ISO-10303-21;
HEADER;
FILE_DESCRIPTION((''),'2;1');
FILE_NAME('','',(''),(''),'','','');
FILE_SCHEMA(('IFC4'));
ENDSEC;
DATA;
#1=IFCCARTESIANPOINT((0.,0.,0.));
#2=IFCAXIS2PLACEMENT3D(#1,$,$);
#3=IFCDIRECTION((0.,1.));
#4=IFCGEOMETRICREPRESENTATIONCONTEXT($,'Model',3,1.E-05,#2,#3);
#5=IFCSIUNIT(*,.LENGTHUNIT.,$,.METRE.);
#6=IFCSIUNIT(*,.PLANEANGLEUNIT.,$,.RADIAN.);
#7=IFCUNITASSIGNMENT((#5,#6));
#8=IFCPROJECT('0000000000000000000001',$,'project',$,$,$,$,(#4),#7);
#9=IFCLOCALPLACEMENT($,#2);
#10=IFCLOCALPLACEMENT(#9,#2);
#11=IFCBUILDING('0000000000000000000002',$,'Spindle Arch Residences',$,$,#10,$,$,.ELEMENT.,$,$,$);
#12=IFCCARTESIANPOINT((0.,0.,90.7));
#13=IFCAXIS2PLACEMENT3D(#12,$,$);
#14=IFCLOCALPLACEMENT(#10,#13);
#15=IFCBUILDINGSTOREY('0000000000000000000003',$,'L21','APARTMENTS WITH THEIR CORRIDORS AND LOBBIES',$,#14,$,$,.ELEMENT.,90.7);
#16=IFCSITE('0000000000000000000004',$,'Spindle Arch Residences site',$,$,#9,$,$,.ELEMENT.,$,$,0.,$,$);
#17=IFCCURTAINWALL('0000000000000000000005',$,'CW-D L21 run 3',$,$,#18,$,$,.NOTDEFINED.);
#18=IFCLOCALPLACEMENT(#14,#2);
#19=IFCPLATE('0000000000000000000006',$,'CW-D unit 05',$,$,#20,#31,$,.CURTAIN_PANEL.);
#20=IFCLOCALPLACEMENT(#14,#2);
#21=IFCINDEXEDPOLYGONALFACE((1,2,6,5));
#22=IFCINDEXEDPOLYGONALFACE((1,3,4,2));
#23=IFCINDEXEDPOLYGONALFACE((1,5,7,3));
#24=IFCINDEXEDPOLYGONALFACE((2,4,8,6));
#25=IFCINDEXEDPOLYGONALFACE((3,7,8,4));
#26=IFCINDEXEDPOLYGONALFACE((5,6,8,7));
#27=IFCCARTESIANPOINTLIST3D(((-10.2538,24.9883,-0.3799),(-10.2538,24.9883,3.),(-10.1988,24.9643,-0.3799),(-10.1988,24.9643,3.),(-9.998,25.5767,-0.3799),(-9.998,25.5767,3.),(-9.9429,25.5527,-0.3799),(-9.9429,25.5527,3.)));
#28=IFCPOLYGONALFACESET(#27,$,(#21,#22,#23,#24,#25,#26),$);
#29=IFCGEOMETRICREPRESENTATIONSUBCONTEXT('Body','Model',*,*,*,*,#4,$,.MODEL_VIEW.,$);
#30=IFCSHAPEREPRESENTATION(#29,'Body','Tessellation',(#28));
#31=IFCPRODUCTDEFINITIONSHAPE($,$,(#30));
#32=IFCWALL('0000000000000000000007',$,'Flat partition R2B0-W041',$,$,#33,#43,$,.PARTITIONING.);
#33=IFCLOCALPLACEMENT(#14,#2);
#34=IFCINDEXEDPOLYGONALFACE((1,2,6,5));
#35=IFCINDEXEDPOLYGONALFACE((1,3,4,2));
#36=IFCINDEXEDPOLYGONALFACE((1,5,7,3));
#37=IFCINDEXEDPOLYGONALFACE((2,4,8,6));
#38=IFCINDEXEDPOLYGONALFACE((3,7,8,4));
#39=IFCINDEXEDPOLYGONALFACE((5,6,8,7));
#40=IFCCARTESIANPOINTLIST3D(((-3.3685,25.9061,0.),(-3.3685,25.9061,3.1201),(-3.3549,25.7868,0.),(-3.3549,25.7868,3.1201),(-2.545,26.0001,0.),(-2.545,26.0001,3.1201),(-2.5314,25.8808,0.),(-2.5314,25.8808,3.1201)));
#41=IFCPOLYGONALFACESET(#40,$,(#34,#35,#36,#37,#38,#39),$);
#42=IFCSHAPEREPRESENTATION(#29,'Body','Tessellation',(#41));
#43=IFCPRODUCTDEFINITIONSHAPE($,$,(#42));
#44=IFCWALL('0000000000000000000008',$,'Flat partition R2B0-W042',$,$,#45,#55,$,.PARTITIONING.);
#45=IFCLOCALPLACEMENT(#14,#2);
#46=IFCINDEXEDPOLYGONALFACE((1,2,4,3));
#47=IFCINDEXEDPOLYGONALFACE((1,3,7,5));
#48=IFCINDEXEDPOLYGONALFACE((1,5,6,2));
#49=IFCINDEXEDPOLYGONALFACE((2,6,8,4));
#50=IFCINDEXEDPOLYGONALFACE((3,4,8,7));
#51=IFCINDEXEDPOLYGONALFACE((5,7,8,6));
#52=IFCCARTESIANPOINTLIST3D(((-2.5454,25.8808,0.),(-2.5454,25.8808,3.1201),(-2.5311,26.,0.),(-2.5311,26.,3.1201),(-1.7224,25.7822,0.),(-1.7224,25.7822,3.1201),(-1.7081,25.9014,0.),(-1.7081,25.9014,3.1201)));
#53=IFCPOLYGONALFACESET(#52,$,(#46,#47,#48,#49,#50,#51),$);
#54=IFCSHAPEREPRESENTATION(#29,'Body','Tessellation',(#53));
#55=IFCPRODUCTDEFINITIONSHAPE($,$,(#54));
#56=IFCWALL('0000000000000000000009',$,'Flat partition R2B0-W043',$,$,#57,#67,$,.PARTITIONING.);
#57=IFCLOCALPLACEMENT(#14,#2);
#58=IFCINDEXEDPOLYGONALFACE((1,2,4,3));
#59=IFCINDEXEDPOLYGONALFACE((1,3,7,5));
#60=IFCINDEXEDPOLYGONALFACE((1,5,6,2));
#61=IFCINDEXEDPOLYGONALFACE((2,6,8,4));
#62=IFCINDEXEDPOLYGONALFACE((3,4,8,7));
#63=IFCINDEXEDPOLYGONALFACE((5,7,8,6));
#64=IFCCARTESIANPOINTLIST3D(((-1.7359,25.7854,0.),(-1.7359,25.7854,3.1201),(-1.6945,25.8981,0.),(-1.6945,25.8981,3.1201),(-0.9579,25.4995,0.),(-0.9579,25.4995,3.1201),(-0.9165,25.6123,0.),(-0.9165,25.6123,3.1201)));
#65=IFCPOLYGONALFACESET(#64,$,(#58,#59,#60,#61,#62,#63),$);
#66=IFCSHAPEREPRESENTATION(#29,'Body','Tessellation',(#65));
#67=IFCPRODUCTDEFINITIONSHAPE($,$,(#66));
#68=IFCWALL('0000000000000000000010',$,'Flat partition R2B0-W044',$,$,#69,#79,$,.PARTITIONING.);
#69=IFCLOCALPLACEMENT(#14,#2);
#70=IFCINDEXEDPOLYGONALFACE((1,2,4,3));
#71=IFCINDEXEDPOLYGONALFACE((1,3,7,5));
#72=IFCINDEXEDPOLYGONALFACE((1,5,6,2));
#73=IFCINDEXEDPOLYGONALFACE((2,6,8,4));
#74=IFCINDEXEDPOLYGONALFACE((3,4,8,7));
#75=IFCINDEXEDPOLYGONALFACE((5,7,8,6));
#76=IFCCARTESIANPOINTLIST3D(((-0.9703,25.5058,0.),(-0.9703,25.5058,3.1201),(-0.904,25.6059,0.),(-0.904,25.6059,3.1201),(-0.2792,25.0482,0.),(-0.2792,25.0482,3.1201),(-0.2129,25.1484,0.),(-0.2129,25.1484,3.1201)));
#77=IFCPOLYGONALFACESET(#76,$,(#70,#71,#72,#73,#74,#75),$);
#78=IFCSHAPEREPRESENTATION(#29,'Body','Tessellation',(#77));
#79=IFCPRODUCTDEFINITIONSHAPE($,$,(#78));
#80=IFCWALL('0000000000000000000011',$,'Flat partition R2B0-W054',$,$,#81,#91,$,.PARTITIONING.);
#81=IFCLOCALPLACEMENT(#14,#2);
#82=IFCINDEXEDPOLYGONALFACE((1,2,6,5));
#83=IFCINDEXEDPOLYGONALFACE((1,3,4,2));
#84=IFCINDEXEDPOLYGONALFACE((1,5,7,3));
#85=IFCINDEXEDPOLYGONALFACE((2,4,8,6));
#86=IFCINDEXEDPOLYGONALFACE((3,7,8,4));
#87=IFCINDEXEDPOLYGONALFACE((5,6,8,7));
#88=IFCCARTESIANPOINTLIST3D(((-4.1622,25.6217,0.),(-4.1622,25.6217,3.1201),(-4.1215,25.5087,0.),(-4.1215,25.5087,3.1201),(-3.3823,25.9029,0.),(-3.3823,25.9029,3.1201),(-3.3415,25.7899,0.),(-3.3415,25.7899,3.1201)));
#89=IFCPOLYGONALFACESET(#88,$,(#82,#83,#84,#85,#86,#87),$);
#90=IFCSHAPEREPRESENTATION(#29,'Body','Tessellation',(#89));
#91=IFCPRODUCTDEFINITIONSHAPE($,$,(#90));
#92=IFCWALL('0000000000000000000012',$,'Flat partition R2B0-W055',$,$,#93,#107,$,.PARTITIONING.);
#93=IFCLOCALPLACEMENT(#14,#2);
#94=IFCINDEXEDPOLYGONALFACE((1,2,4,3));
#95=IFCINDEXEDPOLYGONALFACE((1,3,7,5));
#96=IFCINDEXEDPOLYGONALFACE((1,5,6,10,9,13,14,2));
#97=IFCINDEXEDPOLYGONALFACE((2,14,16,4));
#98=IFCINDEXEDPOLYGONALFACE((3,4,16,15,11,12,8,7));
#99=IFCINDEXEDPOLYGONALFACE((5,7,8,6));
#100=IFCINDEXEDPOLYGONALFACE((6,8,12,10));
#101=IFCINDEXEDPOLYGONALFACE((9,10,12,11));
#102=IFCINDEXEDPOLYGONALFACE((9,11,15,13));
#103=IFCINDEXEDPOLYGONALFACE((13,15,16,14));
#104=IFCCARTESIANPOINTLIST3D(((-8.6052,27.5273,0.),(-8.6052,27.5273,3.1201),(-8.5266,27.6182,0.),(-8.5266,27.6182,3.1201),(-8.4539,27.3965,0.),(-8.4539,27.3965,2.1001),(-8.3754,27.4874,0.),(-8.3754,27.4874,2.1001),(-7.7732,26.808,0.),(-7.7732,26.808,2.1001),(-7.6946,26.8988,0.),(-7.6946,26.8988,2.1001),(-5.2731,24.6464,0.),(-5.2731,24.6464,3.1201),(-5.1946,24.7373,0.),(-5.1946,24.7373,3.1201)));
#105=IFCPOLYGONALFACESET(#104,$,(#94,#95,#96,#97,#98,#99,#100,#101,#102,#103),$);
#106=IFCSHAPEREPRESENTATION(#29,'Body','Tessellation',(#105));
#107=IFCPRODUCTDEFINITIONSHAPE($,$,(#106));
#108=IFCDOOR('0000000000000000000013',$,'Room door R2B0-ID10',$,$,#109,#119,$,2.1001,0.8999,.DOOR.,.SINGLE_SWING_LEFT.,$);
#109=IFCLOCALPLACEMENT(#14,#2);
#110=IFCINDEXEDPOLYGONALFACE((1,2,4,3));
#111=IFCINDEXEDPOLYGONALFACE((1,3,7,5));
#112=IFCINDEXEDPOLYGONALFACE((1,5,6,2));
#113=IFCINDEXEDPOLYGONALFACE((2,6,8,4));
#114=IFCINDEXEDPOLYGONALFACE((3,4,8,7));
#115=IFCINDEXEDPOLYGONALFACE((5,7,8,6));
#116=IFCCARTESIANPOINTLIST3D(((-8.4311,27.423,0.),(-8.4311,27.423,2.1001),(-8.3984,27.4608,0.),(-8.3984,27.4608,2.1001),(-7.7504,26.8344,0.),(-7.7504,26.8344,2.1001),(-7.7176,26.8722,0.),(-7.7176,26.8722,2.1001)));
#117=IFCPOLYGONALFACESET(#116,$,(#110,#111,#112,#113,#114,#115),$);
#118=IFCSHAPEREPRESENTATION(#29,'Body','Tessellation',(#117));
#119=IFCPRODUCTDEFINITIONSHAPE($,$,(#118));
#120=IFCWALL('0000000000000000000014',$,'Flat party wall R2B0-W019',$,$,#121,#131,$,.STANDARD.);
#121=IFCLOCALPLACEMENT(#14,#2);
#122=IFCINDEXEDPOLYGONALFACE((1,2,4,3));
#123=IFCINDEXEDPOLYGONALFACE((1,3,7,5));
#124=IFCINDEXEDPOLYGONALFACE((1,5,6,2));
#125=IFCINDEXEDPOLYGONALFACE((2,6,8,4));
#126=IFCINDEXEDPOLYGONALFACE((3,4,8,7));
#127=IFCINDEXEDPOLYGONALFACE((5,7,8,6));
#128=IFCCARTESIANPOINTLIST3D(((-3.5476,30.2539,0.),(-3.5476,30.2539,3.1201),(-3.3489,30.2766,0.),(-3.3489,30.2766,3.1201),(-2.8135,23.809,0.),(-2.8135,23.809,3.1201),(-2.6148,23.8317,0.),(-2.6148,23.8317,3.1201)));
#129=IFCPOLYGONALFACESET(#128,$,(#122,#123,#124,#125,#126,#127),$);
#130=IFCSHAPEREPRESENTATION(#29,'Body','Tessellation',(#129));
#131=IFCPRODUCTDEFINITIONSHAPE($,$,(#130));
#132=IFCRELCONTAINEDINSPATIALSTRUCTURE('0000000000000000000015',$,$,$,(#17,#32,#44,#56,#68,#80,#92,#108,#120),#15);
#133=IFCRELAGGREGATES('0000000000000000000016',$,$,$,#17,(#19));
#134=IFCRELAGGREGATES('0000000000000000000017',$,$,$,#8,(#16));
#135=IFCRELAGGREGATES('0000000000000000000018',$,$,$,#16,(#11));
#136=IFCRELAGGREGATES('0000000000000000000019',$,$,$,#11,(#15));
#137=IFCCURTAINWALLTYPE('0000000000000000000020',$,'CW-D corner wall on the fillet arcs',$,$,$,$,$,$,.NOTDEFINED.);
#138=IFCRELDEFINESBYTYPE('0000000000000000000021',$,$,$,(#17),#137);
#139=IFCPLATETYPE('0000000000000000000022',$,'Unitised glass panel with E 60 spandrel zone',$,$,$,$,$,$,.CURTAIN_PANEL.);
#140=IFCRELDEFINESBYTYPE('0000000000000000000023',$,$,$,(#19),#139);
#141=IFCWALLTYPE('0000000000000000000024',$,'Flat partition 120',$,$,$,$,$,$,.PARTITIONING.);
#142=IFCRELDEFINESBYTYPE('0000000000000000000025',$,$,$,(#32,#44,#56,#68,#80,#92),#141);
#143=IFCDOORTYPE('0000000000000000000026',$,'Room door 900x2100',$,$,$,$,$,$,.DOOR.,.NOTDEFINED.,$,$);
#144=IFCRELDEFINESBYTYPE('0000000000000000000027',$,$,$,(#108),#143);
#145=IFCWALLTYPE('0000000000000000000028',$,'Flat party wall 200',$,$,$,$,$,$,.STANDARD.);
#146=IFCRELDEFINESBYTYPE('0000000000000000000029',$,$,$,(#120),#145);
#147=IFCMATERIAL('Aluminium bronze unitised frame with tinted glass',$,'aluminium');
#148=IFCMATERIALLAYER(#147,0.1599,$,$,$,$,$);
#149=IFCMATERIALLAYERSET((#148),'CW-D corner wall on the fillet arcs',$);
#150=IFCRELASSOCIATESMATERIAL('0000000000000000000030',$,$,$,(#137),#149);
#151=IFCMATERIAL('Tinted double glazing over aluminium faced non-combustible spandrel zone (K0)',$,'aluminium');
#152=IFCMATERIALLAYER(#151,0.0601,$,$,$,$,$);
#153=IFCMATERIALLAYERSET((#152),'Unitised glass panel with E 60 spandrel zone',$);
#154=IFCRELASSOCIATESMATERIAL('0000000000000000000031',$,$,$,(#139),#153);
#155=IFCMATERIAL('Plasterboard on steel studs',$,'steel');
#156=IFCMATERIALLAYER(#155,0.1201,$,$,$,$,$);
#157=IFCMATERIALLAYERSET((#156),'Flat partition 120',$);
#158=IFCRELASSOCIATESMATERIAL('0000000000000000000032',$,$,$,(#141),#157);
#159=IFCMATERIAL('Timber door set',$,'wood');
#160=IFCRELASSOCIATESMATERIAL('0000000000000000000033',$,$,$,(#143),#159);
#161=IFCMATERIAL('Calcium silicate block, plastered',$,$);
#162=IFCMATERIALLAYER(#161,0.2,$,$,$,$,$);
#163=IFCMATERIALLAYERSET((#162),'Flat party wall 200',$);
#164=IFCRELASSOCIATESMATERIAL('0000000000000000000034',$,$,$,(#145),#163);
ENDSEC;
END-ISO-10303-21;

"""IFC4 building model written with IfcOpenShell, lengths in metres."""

from ifc_helpers import new_model, si_unit, direction, frame, frame_2d, origin, origin_2d, place, context, subcontext, project, spatial, rectangle, extrude, material, layer, layer_set, type_object, element, fill, aggregate, save


model = new_model("IFC4")

# Units and contexts
model_context = context("Model", 3, precision=1e-05, world=origin(), true_north=direction((0.0, 1.0)))
body_context = subcontext(model_context, "Body", "Model", "MODEL_VIEW")
ifc_project = project(units=[si_unit("LENGTHUNIT", "METRE"), si_unit("PLANEANGLEUNIT", "RADIAN")], contexts=[model_context])

# Site, building, storey
site_placement = place(None, origin())
site = spatial("IfcSite", under=ifc_project, at=site_placement, Name="Spindle Arch Residences site", CompositionType="ELEMENT", RefElevation=0.0)
building_placement = place(site_placement, origin())
building = spatial("IfcBuilding", under=site, at=building_placement, Name="Spindle Arch Residences", CompositionType="ELEMENT")
storey_placement = place(building_placement, frame((0.0, 0.0, 90.7)))
storey = spatial("IfcBuildingStorey", under=building, at=storey_placement, Name="L21", Description="APARTMENTS WITH THEIR CORRIDORS AND LOBBIES", CompositionType="ELEMENT", Elevation=90.7)

# Curtain wall
ifc_material_1 = material(Name="Aluminium bronze unitised frame with tinted glass", Category="aluminium")
ifc_layer_1 = layer(ifc_material_1, 0.1599)
ifc_layer_set_1 = layer_set([ifc_layer_1], Name="CW-D corner wall on the fillet arcs")
curtain_wall_type = type_object("IfcCurtainWallType", Name="CW-D corner wall on the fillet arcs", PredefinedType="NOTDEFINED", material=ifc_layer_set_1)
curtain_wall_placement = place(storey_placement, origin())
curtain_wall = element("IfcCurtainWall", 1, at=curtain_wall_placement, inside=storey, type_object=curtain_wall_type, Name="CW-D L21 run 3", PredefinedType="NOTDEFINED")

# Plate
ifc_material_2 = material(Name="Tinted double glazing over aluminium faced non-combustible spandrel zone (K0)", Category="aluminium")
ifc_layer_2 = layer(ifc_material_2, 0.0601)
ifc_layer_set_2 = layer_set([ifc_layer_2], Name="Unitised glass panel with E 60 spandrel zone")
plate_type = type_object("IfcPlateType", Name="Unitised glass panel with E 60 spandrel zone", PredefinedType="CURTAIN_PANEL", material=ifc_layer_set_2)
plate_1_placement = place(storey_placement, frame((-10.0984, 25.2705, -0.3799), z_axis=(0.0, 0.0, 1.0), x_axis=(-0.398749, -0.91706, 0.0)))
plate_1 = element("IfcPlate", 2, at=plate_1_placement, type_object=plate_type, Name="CW-D unit 05", PredefinedType="CURTAIN_PANEL", context=body_context, shape_type="SweptSolid", body=[
    extrude(rectangle(XDim=0.6416, YDim=0.0601, at=origin_2d()), origin(), (0.0, 0.0, 1.0), 3.3799),
])
aggregate(curtain_wall, [plate_1])

# Walls
ifc_material_3 = material(Name="Plasterboard on steel studs", Category="steel")
ifc_layer_3 = layer(ifc_material_3, 0.1201)
ifc_layer_set_3 = layer_set([ifc_layer_3], Name="Flat partition 120")
wall_type_1 = type_object("IfcWallType", Name="Flat partition 120", PredefinedType="PARTITIONING", material=ifc_layer_set_3)
for number, where, z_axis, x_axis, name in (
    (3, (-3.3618, 25.8464, 0.0), (0.0, 0.0, 1.0), (0.993549, 0.113405, 0.0), "Flat partition R2B0-W041"),
    (4, (-2.5383, 25.9404, 0.0), (0.0, 0.0, 1.0), (0.992895, -0.118994, 0.0), "Flat partition R2B0-W042"),
    (5, (-1.7153, 25.8418, 0.0), (0.0, 0.0, 1.0), (0.938644, -0.344886, 0.0), "Flat partition R2B0-W043"),
    (6, (-0.9373, 25.5559, 0.0), (0.0, 0.0, 1.0), (0.833858, -0.551978, 0.0), "Flat partition R2B0-W044"),
):
    element("IfcWall", number, at=place(storey_placement, frame(where, z_axis=z_axis, x_axis=x_axis)), inside=storey, type_object=wall_type_1, Name=name, PredefinedType="PARTITIONING", context=body_context, shape_type="SweptSolid", body=[
        extrude(rectangle(XDim=0.8289, YDim=0.1201, at=frame_2d((0.4146, 0.0))), origin(), (0.0, 0.0, 1.0), 3.1201),
    ])
wall_1_placement = place(storey_placement, frame((-4.1418, 25.5652, 0.0), z_axis=(0.0, 0.0, 1.0), x_axis=(0.940718, 0.339189, 0.0)))
element("IfcWall", 7, at=wall_1_placement, inside=storey, type_object=wall_type_1, Name="Flat partition R2B0-W054", PredefinedType="PARTITIONING", context=body_context, shape_type="SweptSolid", body=[
    extrude(rectangle(XDim=0.8291, YDim=0.1201, at=frame_2d((0.4146, 0.0))), origin(), (0.0, 0.0, 1.0), 3.1201),
])

# Wall, opening, door
wall_2_placement = place(storey_placement, frame((-8.5659, 27.5728, 0.0), z_axis=(0.0, 0.0, 1.0), x_axis=(0.756464, -0.654035, 0.0)))
wall_2 = element("IfcWall", 8, at=wall_2_placement, inside=storey, type_object=wall_type_1, Name="Flat partition R2B0-W055", PredefinedType="PARTITIONING", context=body_context, shape_type="SweptSolid", body=[
    extrude(rectangle(XDim=4.4048, YDim=0.1201, at=frame_2d((2.2024, 0.0))), origin(), (0.0, 0.0, 1.0), 3.1201),
])
opening_placement = place(wall_2_placement, frame((0.2, 0.0, 0.0)))
opening = element("IfcOpeningElement", 9, at=opening_placement, cuts=wall_2, PredefinedType="OPENING", context=body_context, shape_type="SweptSolid", body=[
    extrude(rectangle(XDim=0.8999, YDim=2.1001, at=frame_2d((0.45, 1.05))), frame((0.0, 0.0701, 0.0), z_axis=(0.0, -1.0, 0.0), x_axis=(1.0, 0.0, 0.0)), (0.0, 0.0, 1.0), 0.1401),
])
ifc_material_4 = material(Name="Timber door set", Category="wood")
door_type = type_object("IfcDoorType", Name="Room door 900x2100", OperationType="NOTDEFINED", PredefinedType="DOOR", material=ifc_material_4)
door_placement = place(opening_placement, origin())
door = element("IfcDoor", 10, at=door_placement, inside=storey, type_object=door_type, Name="Room door R2B0-ID10", OperationType="SINGLE_SWING_LEFT", OverallHeight=2.1001, OverallWidth=0.8999, PredefinedType="DOOR", context=body_context, shape_type="SweptSolid", body=[
    extrude(rectangle(XDim=0.8999, YDim=2.1001, at=frame_2d((0.45, 1.05))), frame((0.0, 0.0249, 0.0), z_axis=(0.0, -1.0, 0.0), x_axis=(1.0, 0.0, 0.0)), (0.0, 0.0, 1.0), 0.05),
])
fill(opening, door)

# Wall
ifc_material_5 = material(Name="Calcium silicate block, plastered")
ifc_layer_4 = layer(ifc_material_5, 0.2)
ifc_layer_set_4 = layer_set([ifc_layer_4], Name="Flat party wall 200")
wall_type_2 = type_object("IfcWallType", Name="Flat party wall 200", PredefinedType="STANDARD", material=ifc_layer_set_4)
wall_3_placement = place(storey_placement, frame((-3.4482, 30.2651, 0.0), z_axis=(0.0, 0.0, 1.0), x_axis=(0.113178, -0.993575, 0.0)))
element("IfcWall", 11, at=wall_3_placement, inside=storey, type_object=wall_type_2, Name="Flat party wall R2B0-W019", PredefinedType="STANDARD", context=body_context, shape_type="SweptSolid", body=[
    extrude(rectangle(XDim=6.4866, YDim=0.2, at=frame_2d((3.2432, 0.0))), origin(), (0.0, 0.0, 1.0), 3.1201),
])

save(model, "model.ifc")
